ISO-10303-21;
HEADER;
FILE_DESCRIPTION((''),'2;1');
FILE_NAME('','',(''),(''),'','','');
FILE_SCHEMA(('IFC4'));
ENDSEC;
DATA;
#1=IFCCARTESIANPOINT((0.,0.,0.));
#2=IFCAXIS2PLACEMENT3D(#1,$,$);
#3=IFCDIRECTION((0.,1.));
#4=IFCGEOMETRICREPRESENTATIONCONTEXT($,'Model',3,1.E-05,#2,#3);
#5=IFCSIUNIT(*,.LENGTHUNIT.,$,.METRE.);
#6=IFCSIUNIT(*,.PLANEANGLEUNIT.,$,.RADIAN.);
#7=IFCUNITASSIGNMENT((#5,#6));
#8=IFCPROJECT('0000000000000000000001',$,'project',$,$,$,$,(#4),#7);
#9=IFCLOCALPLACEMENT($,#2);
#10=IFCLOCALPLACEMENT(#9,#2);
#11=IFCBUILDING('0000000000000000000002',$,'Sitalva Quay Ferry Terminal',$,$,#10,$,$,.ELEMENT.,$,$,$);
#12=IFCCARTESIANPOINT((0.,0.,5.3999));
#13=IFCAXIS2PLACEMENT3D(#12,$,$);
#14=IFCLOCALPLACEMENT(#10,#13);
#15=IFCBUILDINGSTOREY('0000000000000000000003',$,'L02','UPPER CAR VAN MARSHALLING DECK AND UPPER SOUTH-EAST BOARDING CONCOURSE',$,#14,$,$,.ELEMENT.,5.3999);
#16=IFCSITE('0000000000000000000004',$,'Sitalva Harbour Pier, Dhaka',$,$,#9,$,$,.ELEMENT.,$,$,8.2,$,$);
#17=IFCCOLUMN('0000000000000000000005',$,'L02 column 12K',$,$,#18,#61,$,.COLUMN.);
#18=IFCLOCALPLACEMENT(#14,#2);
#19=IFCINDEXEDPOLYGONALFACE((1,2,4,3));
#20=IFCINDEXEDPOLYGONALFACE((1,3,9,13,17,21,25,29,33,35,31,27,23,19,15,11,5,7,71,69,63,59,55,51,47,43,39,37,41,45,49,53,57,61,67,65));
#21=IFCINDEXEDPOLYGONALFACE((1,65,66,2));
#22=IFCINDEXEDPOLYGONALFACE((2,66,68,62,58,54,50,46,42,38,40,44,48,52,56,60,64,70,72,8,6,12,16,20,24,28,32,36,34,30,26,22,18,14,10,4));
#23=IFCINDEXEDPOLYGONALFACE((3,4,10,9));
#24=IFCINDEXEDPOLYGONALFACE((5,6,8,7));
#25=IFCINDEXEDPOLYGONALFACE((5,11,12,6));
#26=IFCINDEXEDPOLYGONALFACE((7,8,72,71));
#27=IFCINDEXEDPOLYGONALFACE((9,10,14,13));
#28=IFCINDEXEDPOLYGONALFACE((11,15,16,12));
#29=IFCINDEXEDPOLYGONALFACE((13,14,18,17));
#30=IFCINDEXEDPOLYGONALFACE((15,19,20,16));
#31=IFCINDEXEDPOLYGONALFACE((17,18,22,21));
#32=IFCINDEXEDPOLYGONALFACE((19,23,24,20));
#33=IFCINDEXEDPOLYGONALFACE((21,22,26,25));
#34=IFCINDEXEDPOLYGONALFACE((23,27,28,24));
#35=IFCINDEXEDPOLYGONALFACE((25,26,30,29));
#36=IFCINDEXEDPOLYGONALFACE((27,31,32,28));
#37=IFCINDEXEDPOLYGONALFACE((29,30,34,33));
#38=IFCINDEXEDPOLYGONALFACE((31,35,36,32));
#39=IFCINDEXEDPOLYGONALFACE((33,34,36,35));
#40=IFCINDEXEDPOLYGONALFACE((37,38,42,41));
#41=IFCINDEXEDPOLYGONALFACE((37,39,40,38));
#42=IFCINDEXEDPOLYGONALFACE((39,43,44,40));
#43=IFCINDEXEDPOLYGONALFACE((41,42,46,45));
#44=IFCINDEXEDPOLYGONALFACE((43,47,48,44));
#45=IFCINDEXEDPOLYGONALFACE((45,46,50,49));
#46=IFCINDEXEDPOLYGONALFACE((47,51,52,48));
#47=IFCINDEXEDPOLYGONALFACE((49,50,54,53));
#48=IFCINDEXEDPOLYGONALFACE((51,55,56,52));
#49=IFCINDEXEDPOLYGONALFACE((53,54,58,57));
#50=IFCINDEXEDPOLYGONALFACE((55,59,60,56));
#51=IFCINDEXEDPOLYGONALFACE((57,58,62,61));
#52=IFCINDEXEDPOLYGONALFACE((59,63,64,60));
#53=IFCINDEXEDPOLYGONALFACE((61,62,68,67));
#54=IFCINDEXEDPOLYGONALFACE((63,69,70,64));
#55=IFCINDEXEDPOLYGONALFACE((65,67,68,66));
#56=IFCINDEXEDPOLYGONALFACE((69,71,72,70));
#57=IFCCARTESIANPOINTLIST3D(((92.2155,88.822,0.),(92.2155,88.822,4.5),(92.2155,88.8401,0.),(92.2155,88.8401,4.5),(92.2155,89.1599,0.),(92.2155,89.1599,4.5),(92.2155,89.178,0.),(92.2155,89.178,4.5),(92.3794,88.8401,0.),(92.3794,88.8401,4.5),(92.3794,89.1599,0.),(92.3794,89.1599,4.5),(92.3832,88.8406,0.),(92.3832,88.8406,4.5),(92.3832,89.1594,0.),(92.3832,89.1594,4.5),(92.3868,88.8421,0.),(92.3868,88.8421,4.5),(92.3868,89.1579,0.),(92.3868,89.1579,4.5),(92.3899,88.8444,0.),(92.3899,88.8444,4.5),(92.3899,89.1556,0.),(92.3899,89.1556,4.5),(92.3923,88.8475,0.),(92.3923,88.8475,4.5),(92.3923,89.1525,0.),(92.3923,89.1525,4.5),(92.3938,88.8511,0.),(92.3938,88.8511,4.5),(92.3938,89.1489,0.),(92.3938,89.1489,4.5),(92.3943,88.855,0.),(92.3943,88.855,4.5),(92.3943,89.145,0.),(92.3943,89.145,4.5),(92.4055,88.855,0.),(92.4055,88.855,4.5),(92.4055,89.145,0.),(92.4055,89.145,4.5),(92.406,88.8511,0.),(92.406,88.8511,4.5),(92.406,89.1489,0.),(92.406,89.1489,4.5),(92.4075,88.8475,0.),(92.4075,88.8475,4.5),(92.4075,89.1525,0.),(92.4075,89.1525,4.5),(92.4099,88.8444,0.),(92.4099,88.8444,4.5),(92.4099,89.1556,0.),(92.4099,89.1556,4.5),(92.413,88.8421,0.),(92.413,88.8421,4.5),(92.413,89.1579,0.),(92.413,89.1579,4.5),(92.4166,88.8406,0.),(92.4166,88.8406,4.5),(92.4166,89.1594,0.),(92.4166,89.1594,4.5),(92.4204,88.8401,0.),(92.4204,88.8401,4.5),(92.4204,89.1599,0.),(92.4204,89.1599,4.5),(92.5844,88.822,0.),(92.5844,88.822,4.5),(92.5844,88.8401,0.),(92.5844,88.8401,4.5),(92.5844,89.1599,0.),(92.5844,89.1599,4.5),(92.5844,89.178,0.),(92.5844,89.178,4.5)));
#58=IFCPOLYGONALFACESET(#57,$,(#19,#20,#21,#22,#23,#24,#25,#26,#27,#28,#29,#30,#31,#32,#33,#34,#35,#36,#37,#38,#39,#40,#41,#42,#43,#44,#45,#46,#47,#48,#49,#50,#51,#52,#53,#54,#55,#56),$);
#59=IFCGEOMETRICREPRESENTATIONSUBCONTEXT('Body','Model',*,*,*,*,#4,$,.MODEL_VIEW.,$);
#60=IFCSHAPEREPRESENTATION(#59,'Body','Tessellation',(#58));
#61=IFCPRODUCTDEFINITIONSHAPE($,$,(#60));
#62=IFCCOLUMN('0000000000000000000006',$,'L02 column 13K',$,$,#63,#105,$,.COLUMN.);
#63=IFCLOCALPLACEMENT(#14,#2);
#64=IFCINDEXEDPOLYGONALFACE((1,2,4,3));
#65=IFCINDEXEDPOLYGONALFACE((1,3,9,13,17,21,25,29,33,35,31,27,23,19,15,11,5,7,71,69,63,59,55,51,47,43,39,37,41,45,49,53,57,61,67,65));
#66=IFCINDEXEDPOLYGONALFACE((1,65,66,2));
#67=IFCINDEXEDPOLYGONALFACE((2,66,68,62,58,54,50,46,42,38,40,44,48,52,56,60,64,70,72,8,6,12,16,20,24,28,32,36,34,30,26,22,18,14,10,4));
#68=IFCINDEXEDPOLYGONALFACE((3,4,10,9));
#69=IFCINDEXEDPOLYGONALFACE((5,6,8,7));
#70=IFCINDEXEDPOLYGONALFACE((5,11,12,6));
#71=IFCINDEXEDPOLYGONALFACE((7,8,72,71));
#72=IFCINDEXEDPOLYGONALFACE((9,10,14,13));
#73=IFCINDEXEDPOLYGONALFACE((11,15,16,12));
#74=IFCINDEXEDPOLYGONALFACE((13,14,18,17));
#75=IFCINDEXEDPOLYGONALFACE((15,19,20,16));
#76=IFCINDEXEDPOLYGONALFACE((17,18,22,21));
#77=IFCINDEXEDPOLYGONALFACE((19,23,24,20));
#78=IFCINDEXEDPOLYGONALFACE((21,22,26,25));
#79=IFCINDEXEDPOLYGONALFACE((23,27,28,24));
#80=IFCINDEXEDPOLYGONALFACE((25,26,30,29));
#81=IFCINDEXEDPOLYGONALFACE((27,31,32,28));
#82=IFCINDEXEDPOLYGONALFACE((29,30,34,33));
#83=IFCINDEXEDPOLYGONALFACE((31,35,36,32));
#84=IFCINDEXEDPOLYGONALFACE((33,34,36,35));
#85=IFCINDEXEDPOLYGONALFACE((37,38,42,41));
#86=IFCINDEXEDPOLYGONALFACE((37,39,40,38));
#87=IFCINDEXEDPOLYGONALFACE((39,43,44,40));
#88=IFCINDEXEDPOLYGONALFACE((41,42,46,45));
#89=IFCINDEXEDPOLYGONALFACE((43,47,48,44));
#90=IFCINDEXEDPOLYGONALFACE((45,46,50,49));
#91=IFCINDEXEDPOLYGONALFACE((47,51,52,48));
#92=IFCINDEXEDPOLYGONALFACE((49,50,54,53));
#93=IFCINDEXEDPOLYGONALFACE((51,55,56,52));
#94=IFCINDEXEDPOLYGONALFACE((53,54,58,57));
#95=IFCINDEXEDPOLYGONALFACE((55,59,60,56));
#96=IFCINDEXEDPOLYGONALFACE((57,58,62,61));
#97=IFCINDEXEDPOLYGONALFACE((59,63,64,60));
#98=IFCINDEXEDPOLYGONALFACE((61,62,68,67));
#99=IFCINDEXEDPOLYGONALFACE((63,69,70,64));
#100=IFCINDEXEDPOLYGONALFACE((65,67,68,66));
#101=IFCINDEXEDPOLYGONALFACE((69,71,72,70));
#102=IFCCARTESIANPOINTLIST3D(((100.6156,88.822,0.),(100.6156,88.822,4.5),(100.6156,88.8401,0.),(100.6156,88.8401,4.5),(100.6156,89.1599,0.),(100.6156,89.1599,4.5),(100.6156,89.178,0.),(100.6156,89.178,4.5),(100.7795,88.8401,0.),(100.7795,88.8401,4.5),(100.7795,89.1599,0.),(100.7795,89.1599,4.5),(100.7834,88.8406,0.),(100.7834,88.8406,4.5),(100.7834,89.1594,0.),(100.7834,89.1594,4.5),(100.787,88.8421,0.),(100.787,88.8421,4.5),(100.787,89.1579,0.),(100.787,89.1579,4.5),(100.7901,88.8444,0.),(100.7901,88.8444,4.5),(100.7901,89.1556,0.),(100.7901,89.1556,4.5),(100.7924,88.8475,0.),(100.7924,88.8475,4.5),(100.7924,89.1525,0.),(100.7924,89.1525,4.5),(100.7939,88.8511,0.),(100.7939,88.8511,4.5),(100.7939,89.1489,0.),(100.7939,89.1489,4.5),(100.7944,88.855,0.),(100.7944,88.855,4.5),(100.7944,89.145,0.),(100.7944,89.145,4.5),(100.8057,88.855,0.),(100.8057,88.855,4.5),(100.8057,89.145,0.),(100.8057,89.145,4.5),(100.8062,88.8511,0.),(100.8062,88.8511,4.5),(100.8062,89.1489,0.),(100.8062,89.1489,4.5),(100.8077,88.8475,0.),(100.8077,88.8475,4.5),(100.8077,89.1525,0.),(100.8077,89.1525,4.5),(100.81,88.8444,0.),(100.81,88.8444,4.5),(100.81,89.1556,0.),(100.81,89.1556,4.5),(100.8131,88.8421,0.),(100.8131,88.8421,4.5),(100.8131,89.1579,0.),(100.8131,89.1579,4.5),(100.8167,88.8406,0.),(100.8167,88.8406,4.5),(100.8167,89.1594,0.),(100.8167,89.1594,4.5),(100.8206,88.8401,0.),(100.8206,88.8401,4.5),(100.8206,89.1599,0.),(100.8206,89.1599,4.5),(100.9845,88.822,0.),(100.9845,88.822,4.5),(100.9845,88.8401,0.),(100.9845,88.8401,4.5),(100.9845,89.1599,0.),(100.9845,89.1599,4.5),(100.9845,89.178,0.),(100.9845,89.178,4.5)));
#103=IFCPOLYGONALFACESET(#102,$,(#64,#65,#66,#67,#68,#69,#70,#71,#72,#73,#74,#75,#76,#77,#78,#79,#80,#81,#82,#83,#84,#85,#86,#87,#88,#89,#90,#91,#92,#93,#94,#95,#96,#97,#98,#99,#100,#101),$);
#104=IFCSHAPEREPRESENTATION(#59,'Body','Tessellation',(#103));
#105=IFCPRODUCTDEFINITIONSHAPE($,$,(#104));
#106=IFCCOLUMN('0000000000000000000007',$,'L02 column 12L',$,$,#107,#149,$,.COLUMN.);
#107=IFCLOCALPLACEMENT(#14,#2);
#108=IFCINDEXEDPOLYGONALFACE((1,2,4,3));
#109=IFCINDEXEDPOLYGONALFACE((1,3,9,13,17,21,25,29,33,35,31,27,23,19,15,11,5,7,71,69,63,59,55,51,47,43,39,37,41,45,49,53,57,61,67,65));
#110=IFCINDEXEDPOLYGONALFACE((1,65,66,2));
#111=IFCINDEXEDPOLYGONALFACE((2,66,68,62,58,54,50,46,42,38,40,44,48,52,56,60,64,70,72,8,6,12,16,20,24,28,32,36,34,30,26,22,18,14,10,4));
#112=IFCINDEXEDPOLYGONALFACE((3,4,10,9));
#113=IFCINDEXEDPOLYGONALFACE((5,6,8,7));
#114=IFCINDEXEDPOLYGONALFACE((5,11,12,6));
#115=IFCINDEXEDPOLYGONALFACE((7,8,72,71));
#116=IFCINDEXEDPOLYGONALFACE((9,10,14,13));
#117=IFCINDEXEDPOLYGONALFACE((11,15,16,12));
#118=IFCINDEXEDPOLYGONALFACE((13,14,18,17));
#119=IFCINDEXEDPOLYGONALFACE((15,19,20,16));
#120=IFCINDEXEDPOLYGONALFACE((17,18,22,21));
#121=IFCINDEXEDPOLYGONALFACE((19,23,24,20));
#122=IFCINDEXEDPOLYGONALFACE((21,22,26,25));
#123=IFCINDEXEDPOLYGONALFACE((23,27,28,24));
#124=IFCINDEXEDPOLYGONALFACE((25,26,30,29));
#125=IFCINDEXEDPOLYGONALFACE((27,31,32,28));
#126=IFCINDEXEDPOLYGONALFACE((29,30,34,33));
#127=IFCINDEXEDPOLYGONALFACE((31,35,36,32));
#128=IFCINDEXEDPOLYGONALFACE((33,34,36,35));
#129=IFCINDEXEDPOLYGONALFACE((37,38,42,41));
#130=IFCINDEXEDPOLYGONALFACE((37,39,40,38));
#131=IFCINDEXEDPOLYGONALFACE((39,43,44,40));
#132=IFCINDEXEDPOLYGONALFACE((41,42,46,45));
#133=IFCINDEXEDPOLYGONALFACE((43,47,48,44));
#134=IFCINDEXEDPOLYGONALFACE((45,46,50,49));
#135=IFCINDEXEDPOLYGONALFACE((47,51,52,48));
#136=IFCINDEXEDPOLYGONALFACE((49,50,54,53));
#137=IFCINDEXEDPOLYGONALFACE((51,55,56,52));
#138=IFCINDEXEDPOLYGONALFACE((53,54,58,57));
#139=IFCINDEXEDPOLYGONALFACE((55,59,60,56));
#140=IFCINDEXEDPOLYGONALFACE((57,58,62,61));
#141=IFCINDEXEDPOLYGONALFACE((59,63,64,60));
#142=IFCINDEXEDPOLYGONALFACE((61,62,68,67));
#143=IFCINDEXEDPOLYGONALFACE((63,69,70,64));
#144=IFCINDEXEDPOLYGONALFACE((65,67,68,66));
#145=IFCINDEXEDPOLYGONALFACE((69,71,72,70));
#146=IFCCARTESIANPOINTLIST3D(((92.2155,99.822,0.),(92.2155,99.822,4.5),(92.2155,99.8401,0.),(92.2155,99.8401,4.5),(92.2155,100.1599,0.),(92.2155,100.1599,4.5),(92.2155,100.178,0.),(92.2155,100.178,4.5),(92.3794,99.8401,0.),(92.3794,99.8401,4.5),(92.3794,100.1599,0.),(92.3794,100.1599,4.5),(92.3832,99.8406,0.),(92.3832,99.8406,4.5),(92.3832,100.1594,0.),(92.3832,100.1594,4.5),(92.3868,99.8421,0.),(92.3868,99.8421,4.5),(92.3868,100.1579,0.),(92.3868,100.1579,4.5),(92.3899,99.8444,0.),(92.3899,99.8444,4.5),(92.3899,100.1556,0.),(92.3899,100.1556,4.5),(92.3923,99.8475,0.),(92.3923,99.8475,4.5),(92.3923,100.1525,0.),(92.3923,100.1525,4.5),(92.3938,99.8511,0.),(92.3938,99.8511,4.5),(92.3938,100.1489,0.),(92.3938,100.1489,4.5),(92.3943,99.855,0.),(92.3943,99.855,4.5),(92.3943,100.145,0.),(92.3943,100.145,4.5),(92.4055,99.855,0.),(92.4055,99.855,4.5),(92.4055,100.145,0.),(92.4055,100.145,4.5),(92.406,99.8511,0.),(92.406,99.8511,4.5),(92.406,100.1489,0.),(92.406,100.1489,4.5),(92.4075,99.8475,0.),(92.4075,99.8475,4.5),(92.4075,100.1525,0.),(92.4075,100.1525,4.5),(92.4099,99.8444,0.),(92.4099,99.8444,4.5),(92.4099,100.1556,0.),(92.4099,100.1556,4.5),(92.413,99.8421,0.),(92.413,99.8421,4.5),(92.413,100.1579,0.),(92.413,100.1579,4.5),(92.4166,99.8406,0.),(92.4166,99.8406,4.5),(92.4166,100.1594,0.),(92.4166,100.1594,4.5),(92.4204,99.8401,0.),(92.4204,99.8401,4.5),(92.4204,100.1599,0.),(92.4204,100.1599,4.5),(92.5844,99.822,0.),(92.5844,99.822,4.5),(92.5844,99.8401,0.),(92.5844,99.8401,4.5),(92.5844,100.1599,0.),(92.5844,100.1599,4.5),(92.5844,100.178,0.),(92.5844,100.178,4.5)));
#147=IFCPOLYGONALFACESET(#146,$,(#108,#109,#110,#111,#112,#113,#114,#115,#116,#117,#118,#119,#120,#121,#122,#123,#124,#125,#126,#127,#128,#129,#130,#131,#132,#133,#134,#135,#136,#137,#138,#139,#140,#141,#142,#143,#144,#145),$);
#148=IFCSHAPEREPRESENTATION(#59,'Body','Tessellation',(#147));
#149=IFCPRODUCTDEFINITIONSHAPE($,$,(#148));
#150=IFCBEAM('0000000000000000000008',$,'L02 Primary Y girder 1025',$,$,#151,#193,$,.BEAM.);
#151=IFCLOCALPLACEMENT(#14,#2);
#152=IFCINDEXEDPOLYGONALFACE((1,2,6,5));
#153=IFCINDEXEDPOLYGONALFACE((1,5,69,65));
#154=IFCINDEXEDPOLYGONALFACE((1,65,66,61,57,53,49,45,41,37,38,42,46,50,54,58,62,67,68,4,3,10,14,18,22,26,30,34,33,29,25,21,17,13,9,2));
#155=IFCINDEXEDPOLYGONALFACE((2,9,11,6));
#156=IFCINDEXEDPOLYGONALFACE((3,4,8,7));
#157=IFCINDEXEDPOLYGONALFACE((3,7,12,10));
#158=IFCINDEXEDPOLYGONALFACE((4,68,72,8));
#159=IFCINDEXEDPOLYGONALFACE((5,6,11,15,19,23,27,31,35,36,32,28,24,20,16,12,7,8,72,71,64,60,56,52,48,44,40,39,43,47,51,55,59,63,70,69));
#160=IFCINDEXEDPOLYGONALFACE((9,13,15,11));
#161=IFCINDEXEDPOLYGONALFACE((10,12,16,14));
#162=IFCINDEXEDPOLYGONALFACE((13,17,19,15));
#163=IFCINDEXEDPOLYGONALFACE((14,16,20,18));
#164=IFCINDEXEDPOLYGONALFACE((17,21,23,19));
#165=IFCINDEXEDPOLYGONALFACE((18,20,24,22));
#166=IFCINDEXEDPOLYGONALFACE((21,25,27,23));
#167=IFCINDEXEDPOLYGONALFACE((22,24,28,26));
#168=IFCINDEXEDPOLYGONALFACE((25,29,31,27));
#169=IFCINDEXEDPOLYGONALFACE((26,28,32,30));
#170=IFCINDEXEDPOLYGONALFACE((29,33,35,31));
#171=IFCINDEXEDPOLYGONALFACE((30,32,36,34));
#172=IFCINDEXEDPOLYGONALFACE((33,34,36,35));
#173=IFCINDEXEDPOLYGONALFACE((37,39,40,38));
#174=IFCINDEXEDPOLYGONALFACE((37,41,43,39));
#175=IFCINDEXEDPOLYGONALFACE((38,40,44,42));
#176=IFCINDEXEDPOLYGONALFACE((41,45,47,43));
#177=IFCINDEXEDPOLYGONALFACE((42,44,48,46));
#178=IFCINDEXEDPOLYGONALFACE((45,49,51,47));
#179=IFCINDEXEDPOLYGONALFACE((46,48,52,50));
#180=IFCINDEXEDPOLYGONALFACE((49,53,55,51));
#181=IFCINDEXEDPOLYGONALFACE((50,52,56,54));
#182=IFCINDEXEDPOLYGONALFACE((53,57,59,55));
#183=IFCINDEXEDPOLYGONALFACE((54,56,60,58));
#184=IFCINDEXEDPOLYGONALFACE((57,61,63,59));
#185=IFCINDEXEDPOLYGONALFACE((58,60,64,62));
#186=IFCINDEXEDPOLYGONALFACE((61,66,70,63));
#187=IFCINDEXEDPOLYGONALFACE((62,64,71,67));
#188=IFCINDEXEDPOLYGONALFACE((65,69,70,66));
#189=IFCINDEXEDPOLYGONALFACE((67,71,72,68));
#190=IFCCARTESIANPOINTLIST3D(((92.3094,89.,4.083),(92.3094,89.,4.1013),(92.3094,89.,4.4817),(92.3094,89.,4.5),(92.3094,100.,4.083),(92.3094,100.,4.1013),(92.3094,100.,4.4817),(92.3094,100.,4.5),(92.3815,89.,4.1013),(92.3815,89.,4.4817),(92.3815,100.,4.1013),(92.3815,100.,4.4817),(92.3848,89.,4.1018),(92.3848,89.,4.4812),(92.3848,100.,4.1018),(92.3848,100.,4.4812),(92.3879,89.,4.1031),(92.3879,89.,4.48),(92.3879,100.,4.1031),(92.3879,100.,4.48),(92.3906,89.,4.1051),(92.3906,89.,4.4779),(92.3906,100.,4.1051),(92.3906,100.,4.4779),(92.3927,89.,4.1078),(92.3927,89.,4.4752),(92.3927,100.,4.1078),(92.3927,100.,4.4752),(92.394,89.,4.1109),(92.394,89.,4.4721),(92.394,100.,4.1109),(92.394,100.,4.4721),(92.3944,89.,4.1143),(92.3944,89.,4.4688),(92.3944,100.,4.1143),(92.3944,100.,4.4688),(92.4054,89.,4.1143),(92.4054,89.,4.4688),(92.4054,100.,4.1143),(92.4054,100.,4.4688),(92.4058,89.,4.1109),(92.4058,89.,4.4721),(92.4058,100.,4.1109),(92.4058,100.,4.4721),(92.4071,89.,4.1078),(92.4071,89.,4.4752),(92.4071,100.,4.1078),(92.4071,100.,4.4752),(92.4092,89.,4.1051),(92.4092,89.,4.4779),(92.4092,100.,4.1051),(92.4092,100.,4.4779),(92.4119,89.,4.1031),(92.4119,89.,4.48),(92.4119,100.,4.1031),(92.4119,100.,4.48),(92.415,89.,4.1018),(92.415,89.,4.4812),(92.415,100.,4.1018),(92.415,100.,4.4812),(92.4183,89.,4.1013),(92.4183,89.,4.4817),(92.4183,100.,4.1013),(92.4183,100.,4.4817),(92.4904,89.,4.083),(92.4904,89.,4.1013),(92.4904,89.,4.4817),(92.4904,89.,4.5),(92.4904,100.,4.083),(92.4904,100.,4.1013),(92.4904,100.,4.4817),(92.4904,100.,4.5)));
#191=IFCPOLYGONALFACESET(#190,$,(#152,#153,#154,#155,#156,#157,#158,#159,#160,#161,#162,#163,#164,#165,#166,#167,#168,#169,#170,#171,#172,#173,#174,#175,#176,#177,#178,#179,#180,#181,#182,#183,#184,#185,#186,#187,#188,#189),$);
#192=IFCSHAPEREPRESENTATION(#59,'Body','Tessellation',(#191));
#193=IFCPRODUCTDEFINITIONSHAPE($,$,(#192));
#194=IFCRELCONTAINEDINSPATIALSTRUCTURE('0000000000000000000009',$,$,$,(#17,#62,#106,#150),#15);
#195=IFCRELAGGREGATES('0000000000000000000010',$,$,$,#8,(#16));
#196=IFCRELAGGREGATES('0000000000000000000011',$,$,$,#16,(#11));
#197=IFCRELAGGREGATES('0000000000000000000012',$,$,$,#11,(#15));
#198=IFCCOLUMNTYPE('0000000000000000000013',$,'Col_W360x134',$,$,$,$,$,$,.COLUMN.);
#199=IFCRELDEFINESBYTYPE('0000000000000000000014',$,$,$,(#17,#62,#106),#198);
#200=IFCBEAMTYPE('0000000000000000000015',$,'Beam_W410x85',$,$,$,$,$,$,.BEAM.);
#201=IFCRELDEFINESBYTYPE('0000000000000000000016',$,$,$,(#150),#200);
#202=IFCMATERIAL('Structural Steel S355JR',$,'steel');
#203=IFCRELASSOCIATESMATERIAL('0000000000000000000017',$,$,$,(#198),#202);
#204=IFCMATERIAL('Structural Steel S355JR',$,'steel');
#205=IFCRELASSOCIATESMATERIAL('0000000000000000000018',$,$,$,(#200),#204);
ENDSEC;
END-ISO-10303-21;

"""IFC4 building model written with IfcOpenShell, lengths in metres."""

from ifc_helpers import new_model, si_unit, direction, frame, origin, origin_2d, place, context, subcontext, project, spatial, i_section, extrude, material, material_profile, profile_set, type_object, element, save


model = new_model("IFC4")

# Units and contexts
model_context = context("Model", 3, precision=1e-05, world=origin(), true_north=direction((0.0, 1.0)))
body_context = subcontext(model_context, "Body", "Model", "MODEL_VIEW")
ifc_project = project(units=[si_unit("LENGTHUNIT", "METRE"), si_unit("PLANEANGLEUNIT", "RADIAN")], contexts=[model_context])

# Site, building, storey
site_placement = place(None, origin())
site = spatial("IfcSite", under=ifc_project, at=site_placement, Name="Sitalva Harbour Pier, Dhaka", CompositionType="ELEMENT", RefElevation=8.2)
building_placement = place(site_placement, origin())
building = spatial("IfcBuilding", under=site, at=building_placement, Name="Sitalva Quay Ferry Terminal", CompositionType="ELEMENT")
storey_placement = place(building_placement, frame((0.0, 0.0, 5.3999)))
storey = spatial("IfcBuildingStorey", under=building, at=storey_placement, Name="L02", Description="UPPER CAR VAN MARSHALLING DECK AND UPPER SOUTH-EAST BOARDING CONCOURSE", CompositionType="ELEMENT", Elevation=5.3999)

# Columns
ifc_material_1 = material(Name="Structural Steel S355JR", Category="steel")
ifc_material_profile_1 = material_profile(ifc_material_1, i_section(OverallWidth=0.3689, OverallDepth=0.356, WebThickness=0.0112, FlangeThickness=0.0181, FilletRadius=0.0149, at=origin_2d()), Name="W360x134")
ifc_profile_set_1 = profile_set([ifc_material_profile_1], Name="Structural Steel S355JR")
column_type = type_object("IfcColumnType", Name="Col_W360x134", PredefinedType="COLUMN", material=ifc_profile_set_1)
for number, where, z_axis, x_axis, name in (
    (1, (92.3999, 89.0, 0.0), (0.0, 0.0, 1.0), (1.0, 0.0, 0.0), "L02 column 12K"),
    (2, (100.8, 89.0, 0.0), (0.0, 0.0, 1.0), (1.0, 0.0, 0.0), "L02 column 13K"),
    (3, (92.3999, 100.0, 0.0), (0.0, 0.0, 1.0), (1.0, 0.0, 0.0), "L02 column 12L"),
):
    element("IfcColumn", number, at=place(storey_placement, frame(where, z_axis=z_axis, x_axis=x_axis)), inside=storey, type_object=column_type, Name=name, PredefinedType="COLUMN", context=body_context, shape_type="SweptSolid", body=[
        extrude(i_section(OverallWidth=0.3689, OverallDepth=0.356, WebThickness=0.0112, FlangeThickness=0.0181, FilletRadius=0.0149, at=origin_2d()), origin(), (0.0, 0.0, 1.0), 4.5),
    ])

# Beam
ifc_material_2 = material(Name="Structural Steel S355JR", Category="steel")
ifc_material_profile_2 = material_profile(ifc_material_2, i_section(OverallWidth=0.1809, OverallDepth=0.417, WebThickness=0.011, FlangeThickness=0.0183, FilletRadius=0.0129, at=origin_2d()), Name="W410x85")
ifc_profile_set_2 = profile_set([ifc_material_profile_2], Name="Structural Steel S355JR")
beam_type_1 = type_object("IfcBeamType", Name="Beam_W410x85", PredefinedType="BEAM", material=ifc_profile_set_2)
beam_1_placement = place(storey_placement, frame((92.3999, 89.0, 4.2915), z_axis=(0.0, 1.0, 0.0), x_axis=(-1.0, 0.0, 0.0)))
element("IfcBeam", 4, at=beam_1_placement, inside=storey, type_object=beam_type_1, Name="L02 Primary Y girder 1025", PredefinedType="BEAM", context=body_context, shape_type="SweptSolid", body=[
    extrude(i_section(OverallWidth=0.1809, OverallDepth=0.417, WebThickness=0.011, FlangeThickness=0.0183, FilletRadius=0.0129, at=origin_2d()), origin(), (0.0, 0.0, 1.0), 11.0),
])

save(model, "model.ifc")
